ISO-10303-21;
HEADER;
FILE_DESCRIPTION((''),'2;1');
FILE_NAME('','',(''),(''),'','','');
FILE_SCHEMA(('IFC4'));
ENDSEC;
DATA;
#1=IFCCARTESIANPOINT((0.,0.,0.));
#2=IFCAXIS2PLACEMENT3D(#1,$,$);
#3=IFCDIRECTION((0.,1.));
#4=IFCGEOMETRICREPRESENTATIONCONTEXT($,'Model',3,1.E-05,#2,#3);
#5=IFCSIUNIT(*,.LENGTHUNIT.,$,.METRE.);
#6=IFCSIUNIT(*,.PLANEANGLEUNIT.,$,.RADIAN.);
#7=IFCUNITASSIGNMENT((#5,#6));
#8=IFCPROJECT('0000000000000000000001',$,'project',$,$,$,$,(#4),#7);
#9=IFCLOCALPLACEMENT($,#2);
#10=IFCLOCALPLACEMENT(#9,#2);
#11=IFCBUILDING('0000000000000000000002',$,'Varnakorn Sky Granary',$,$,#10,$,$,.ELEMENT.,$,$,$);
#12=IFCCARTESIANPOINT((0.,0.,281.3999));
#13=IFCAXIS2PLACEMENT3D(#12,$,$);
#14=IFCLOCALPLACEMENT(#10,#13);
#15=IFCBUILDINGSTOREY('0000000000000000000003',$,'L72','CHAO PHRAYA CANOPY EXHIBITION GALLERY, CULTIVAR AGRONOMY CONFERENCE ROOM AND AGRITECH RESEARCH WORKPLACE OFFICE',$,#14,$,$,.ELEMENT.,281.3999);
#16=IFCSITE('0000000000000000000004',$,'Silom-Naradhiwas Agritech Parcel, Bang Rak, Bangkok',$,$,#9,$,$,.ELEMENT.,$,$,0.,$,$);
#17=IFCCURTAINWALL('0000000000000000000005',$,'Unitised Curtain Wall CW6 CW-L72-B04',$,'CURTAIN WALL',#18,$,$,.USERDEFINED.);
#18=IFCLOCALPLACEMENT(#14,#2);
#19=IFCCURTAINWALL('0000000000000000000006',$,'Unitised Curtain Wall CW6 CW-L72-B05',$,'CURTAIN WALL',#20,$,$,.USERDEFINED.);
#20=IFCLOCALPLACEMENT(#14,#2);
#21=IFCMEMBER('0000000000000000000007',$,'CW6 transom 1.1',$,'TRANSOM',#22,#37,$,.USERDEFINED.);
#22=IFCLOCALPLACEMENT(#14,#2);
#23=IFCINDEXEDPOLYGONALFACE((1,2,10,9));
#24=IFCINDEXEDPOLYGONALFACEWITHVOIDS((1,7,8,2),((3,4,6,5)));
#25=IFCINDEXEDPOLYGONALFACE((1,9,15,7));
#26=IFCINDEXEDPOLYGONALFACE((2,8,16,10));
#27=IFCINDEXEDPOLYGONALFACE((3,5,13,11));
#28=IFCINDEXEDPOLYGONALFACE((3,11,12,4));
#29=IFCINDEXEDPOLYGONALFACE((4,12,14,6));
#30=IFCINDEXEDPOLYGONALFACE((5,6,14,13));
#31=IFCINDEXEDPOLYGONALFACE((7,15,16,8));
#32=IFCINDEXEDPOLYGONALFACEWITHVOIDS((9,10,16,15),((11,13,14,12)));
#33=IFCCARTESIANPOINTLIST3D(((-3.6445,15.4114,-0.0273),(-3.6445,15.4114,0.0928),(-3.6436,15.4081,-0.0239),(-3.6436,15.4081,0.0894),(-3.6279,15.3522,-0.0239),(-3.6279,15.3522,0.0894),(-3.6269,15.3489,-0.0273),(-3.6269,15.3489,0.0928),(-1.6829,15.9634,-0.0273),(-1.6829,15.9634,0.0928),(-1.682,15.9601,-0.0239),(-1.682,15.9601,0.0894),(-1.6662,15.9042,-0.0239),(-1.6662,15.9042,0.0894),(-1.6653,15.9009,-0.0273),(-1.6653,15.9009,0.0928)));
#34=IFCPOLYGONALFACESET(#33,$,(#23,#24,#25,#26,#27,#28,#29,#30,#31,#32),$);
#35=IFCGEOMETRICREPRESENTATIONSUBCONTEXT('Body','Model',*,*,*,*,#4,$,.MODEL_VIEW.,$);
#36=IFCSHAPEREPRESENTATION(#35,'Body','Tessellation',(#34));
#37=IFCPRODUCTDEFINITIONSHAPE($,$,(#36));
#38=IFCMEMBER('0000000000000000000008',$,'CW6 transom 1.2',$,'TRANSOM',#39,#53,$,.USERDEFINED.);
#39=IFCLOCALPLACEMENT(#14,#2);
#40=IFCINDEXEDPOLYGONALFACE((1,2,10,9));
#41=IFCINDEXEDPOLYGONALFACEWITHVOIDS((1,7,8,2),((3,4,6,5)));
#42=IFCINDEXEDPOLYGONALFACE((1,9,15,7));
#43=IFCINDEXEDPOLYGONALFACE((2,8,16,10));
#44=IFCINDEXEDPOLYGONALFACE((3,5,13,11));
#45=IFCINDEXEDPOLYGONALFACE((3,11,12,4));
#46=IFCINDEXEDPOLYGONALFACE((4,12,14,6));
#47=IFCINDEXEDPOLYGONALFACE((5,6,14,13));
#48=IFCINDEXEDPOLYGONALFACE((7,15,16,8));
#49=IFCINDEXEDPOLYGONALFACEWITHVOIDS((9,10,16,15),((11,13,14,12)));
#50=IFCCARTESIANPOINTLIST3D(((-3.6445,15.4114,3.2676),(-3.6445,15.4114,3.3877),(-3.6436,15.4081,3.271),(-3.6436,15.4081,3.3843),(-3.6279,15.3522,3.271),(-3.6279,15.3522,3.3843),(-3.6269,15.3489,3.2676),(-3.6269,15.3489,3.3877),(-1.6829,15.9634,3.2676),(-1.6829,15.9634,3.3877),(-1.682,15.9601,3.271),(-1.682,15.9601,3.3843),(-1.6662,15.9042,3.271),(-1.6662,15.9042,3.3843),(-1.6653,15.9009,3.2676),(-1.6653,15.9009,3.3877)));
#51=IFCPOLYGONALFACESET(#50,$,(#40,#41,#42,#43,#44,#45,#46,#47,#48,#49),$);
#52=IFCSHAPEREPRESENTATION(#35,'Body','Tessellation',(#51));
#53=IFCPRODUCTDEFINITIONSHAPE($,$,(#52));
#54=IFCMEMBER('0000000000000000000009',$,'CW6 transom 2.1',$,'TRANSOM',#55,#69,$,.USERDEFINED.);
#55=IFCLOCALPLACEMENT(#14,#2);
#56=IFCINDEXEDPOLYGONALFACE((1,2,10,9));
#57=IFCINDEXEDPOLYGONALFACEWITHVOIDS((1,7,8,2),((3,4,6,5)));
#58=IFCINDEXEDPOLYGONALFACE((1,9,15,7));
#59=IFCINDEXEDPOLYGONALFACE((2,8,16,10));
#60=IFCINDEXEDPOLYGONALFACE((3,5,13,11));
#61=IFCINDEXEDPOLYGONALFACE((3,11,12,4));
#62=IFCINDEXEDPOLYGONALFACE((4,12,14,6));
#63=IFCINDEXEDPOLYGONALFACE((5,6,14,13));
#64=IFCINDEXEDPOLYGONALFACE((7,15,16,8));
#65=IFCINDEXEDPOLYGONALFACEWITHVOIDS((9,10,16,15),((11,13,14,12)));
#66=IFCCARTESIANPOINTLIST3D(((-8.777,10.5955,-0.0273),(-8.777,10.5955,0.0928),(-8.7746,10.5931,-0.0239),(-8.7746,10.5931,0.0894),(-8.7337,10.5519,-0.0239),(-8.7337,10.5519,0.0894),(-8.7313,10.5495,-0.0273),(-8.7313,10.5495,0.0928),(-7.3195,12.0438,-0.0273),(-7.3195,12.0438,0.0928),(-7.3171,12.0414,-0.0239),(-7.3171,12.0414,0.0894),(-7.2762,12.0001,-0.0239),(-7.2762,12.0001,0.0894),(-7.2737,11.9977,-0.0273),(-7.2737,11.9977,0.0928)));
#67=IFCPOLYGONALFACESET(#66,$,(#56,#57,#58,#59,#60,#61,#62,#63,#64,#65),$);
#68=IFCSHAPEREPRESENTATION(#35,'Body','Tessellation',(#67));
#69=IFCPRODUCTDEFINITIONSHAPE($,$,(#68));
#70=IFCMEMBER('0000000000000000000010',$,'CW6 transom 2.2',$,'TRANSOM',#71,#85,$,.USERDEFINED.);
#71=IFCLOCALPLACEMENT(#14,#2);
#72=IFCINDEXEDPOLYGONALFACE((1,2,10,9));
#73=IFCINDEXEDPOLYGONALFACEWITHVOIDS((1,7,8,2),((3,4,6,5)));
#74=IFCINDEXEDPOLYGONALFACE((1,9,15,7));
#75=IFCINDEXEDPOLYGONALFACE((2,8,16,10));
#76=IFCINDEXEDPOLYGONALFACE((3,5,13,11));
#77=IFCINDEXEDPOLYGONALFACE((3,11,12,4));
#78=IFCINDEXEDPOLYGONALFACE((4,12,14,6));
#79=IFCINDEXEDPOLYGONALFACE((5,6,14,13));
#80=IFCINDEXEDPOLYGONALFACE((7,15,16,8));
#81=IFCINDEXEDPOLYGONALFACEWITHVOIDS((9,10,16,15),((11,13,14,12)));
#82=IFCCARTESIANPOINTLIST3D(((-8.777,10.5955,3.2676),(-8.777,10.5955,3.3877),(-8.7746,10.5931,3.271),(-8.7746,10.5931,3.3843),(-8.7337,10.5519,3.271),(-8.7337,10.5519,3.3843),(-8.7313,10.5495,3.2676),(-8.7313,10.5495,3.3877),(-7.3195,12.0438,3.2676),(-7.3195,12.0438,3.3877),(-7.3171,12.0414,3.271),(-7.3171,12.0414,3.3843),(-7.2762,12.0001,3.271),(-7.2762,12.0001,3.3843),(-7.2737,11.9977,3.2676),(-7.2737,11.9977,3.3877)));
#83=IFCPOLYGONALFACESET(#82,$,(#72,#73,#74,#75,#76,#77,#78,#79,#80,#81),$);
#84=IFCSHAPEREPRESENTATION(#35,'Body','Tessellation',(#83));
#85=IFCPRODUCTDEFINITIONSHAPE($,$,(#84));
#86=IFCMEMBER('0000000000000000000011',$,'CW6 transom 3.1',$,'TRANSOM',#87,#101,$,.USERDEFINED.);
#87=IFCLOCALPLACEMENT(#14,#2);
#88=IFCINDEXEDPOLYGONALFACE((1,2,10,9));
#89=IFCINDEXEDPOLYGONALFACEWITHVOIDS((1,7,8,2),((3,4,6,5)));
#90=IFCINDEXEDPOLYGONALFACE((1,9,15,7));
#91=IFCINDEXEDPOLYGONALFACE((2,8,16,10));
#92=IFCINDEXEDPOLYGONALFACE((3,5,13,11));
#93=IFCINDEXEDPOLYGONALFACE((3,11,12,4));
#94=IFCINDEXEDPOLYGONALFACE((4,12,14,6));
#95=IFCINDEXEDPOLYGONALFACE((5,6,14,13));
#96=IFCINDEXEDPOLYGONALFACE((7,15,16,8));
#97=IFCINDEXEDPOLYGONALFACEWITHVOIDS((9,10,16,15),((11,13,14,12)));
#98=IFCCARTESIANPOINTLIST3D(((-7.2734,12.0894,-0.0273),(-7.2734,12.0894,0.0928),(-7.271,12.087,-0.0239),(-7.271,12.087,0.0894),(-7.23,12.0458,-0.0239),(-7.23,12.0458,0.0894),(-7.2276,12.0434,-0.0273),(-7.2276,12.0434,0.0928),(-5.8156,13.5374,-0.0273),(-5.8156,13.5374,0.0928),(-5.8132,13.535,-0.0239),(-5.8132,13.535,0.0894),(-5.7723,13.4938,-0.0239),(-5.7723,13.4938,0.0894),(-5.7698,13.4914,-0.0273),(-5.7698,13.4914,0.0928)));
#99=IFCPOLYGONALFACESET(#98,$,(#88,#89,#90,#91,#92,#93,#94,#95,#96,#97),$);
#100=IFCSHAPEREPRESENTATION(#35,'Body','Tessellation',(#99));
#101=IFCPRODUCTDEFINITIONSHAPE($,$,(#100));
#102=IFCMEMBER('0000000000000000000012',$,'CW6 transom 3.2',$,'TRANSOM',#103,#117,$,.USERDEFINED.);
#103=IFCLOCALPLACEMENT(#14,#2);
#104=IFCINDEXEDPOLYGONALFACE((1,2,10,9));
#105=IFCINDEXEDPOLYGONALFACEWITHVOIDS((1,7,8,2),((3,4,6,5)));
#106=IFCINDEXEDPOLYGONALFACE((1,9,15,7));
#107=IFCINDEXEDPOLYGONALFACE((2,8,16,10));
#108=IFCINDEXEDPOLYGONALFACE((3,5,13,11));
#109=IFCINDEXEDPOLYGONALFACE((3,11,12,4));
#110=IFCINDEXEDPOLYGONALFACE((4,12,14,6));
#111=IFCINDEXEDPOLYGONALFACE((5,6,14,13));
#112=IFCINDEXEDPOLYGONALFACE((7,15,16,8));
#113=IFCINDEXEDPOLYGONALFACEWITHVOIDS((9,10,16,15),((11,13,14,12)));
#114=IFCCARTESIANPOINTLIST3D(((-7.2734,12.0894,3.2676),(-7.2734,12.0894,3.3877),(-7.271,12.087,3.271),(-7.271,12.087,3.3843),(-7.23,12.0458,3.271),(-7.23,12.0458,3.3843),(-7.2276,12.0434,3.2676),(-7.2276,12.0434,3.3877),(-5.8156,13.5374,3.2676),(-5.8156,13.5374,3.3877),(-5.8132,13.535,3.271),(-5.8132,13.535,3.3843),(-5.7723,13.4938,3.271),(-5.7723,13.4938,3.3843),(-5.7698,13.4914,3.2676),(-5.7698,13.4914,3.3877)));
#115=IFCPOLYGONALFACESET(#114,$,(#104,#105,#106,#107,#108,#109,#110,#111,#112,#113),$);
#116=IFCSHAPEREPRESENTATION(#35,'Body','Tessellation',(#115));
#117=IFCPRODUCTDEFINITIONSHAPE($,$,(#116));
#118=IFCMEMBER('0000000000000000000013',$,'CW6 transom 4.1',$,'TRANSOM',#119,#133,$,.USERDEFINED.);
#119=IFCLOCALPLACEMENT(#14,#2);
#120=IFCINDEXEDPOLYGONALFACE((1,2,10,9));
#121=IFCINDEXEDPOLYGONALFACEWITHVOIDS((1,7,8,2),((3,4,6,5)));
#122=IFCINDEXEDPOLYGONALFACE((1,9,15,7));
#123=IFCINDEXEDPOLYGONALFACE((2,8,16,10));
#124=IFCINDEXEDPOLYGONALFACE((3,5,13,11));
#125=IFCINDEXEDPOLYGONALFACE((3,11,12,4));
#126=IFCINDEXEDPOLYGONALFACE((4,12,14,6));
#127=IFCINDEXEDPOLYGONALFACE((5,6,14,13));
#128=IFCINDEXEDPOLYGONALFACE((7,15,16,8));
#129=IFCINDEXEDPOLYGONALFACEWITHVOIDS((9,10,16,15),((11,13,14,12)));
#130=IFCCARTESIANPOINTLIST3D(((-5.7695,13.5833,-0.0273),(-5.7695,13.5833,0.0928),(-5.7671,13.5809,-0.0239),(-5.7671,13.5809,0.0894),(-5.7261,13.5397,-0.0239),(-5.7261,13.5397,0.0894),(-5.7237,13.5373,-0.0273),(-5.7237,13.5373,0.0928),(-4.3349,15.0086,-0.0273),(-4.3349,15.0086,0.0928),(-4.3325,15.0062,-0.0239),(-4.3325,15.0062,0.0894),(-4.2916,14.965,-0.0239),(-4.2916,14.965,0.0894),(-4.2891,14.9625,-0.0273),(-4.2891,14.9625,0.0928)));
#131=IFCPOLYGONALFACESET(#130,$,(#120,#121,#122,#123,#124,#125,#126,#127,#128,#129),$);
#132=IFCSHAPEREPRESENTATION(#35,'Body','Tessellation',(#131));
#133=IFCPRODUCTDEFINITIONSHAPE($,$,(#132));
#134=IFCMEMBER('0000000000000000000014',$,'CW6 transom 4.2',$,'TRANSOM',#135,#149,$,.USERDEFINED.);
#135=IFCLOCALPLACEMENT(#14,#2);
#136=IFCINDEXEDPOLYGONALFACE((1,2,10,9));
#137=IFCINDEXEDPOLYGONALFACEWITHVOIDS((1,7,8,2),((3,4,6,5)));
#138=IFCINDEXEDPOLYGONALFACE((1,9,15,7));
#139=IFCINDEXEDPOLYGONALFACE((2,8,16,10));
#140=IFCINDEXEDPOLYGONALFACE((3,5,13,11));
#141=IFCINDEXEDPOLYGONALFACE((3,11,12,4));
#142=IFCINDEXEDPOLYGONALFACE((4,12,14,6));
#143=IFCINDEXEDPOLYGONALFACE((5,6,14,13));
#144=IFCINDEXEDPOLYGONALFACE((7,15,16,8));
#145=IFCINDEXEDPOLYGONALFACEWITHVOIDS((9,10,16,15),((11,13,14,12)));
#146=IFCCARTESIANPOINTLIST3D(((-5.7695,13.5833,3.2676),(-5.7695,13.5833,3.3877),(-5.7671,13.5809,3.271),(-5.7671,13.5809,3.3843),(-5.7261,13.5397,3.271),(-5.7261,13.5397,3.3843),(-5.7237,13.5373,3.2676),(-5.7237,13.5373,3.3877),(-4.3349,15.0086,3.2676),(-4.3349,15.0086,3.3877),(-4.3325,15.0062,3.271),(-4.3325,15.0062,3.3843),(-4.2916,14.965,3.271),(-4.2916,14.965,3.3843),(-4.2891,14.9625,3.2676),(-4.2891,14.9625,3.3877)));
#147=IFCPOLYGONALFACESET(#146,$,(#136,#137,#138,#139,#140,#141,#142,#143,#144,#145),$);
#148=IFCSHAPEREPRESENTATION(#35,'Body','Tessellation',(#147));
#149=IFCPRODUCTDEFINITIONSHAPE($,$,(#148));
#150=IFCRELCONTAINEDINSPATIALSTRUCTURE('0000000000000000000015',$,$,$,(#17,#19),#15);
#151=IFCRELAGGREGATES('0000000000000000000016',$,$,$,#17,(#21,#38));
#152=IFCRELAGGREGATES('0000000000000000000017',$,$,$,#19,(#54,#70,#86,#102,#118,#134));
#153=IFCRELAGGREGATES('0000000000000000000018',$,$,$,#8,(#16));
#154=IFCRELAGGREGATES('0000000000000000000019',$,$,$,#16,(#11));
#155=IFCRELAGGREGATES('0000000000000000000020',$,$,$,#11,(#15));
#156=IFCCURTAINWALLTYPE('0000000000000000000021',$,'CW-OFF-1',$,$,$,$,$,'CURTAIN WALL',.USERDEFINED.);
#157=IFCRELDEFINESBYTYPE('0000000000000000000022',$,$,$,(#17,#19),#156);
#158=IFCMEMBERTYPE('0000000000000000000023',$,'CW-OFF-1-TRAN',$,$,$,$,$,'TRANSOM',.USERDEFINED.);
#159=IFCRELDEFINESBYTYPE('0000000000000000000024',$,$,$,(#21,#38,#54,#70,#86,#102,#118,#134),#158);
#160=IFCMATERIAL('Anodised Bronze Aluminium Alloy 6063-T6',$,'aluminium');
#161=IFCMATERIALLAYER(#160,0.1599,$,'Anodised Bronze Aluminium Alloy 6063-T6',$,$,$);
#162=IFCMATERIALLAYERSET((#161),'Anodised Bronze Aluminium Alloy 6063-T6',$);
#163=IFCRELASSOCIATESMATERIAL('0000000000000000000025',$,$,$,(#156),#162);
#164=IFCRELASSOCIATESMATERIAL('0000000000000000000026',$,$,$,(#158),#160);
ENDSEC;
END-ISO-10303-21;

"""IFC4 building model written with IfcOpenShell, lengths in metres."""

from ifc_helpers import new_model, si_unit, direction, frame, origin, origin_2d, place, context, subcontext, project, spatial, hollow_rectangle, extrude, material, layer, layer_set, material_profile, profile_set, type_object, element, aggregate, save


model = new_model("IFC4")

# Units and contexts
model_context = context("Model", 3, precision=1e-05, world=origin(), true_north=direction((0.0, 1.0)))
body_context = subcontext(model_context, "Body", "Model", "MODEL_VIEW")
ifc_project = project(units=[si_unit("LENGTHUNIT", "METRE"), si_unit("PLANEANGLEUNIT", "RADIAN")], contexts=[model_context])

# Site, building, storey
site_placement = place(None, origin())
site = spatial("IfcSite", under=ifc_project, at=site_placement, Name="Silom-Naradhiwas Agritech Parcel, Bang Rak, Bangkok", CompositionType="ELEMENT", RefElevation=0.0)
building_placement = place(site_placement, origin())
building = spatial("IfcBuilding", under=site, at=building_placement, Name="Varnakorn Sky Granary", CompositionType="ELEMENT")
storey_placement = place(building_placement, frame((0.0, 0.0, 281.3999)))
storey = spatial("IfcBuildingStorey", under=building, at=storey_placement, Name="L72", Description="CHAO PHRAYA CANOPY EXHIBITION GALLERY, CULTIVAR AGRONOMY CONFERENCE ROOM AND AGRITECH RESEARCH WORKPLACE OFFICE", CompositionType="ELEMENT", Elevation=281.3999)

# Curtain wall
ifc_material_1 = material(Name="Anodised Bronze Aluminium Alloy 6063-T6", Category="aluminium")
ifc_layer_1 = layer(ifc_material_1, 0.1599, Name="Anodised Bronze Aluminium Alloy 6063-T6")
ifc_layer_set_1 = layer_set([ifc_layer_1], Name="Anodised Bronze Aluminium Alloy 6063-T6")
curtain_wall_type = type_object("IfcCurtainWallType", Name="CW-OFF-1", ElementType="CURTAIN WALL", PredefinedType="USERDEFINED", material=ifc_layer_set_1)
curtain_wall_1_placement = place(storey_placement, origin())
curtain_wall_1 = element("IfcCurtainWall", 1, at=curtain_wall_1_placement, inside=storey, type_object=curtain_wall_type, Name="Unitised Curtain Wall CW6 CW-L72-B04", ObjectType="CURTAIN WALL", PredefinedType="USERDEFINED")

# Curtain wall
curtain_wall_2_placement = place(storey_placement, origin())
curtain_wall_2 = element("IfcCurtainWall", 2, at=curtain_wall_2_placement, inside=storey, type_object=curtain_wall_type, Name="Unitised Curtain Wall CW6 CW-L72-B05", ObjectType="CURTAIN WALL", PredefinedType="USERDEFINED")

# Members
ifc_material_profile_1 = material_profile(ifc_material_1, hollow_rectangle(XDim=0.0649, YDim=0.1201, WallThickness=0.0034, at=origin_2d()), Name="ALU TRAN 65x120")
ifc_profile_set_1 = profile_set([ifc_material_profile_1], Name="Anodised Bronze Aluminium Alloy 6063-T6")
member_type_1 = type_object("IfcMemberType", Name="CW-OFF-1-TRAN", ElementType="TRANSOM", PredefinedType="USERDEFINED", material=ifc_profile_set_1)
member_1_placement = place(storey_placement, frame((-3.6357, 15.3801, 0.0327), z_axis=(0.962615, 0.270874, 0.0), x_axis=(-0.270874, 0.962615, 0.0)))
member_1 = element("IfcMember", 3, at=member_1_placement, type_object=member_type_1, Name="CW6 transom 1.1", ObjectType="TRANSOM", PredefinedType="USERDEFINED", context=body_context, shape_type="SweptSolid", body=[
    extrude(hollow_rectangle(XDim=0.0649, YDim=0.1201, WallThickness=0.0034, at=origin_2d()), origin(), (0.0, 0.0, 1.0), 2.0378),
])
member_2_placement = place(storey_placement, frame((-3.6357, 15.3801, 3.3276), z_axis=(0.962615, 0.270874, 0.0), x_axis=(-0.270874, 0.962615, 0.0)))
member_2 = element("IfcMember", 4, at=member_2_placement, type_object=member_type_1, Name="CW6 transom 1.2", ObjectType="TRANSOM", PredefinedType="USERDEFINED", context=body_context, shape_type="SweptSolid", body=[
    extrude(hollow_rectangle(XDim=0.0649, YDim=0.1201, WallThickness=0.0034, at=origin_2d()), origin(), (0.0, 0.0, 1.0), 2.0378),
])
aggregate(curtain_wall_1, [member_1, member_2])
member_3_placement = place(storey_placement, frame((-8.7542, 10.5725, 0.0327), z_axis=(0.709361, 0.704846, 0.0), x_axis=(-0.704846, 0.709361, 0.0)))
member_3 = element("IfcMember", 5, at=member_3_placement, type_object=member_type_1, Name="CW6 transom 2.1", ObjectType="TRANSOM", PredefinedType="USERDEFINED", context=body_context, shape_type="SweptSolid", body=[
    extrude(hollow_rectangle(XDim=0.0649, YDim=0.1201, WallThickness=0.0034, at=origin_2d()), origin(), (0.0, 0.0, 1.0), 2.0547),
])
member_4_placement = place(storey_placement, frame((-8.7542, 10.5725, 3.3276), z_axis=(0.709361, 0.704846, 0.0), x_axis=(-0.704846, 0.709361, 0.0)))
member_4 = element("IfcMember", 6, at=member_4_placement, type_object=member_type_1, Name="CW6 transom 2.2", ObjectType="TRANSOM", PredefinedType="USERDEFINED", context=body_context, shape_type="SweptSolid", body=[
    extrude(hollow_rectangle(XDim=0.0649, YDim=0.1201, WallThickness=0.0034, at=origin_2d()), origin(), (0.0, 0.0, 1.0), 2.0547),
])
member_5_placement = place(storey_placement, frame((-7.2505, 12.0664, 0.0327), z_axis=(0.709479, 0.704726, 0.0), x_axis=(-0.704726, 0.709479, 0.0)))
member_5 = element("IfcMember", 7, at=member_5_placement, type_object=member_type_1, Name="CW6 transom 3.1", ObjectType="TRANSOM", PredefinedType="USERDEFINED", context=body_context, shape_type="SweptSolid", body=[
    extrude(hollow_rectangle(XDim=0.0649, YDim=0.1201, WallThickness=0.0034, at=origin_2d()), origin(), (0.0, 0.0, 1.0), 2.0547),
])
member_6_placement = place(storey_placement, frame((-7.2505, 12.0664, 3.3276), z_axis=(0.709479, 0.704726, 0.0), x_axis=(-0.704726, 0.709479, 0.0)))
member_6 = element("IfcMember", 8, at=member_6_placement, type_object=member_type_1, Name="CW6 transom 3.2", ObjectType="TRANSOM", PredefinedType="USERDEFINED", context=body_context, shape_type="SweptSolid", body=[
    extrude(hollow_rectangle(XDim=0.0649, YDim=0.1201, WallThickness=0.0034, at=origin_2d()), origin(), (0.0, 0.0, 1.0), 2.0547),
])
member_7_placement = place(storey_placement, frame((-5.7466, 13.5603, 0.0327), z_axis=(0.709397, 0.704809, 0.0), x_axis=(-0.704809, 0.709397, 0.0)))
member_7 = element("IfcMember", 9, at=member_7_placement, type_object=member_type_1, Name="CW6 transom 4.1", ObjectType="TRANSOM", PredefinedType="USERDEFINED", context=body_context, shape_type="SweptSolid", body=[
    extrude(hollow_rectangle(XDim=0.0649, YDim=0.1201, WallThickness=0.0034, at=origin_2d()), origin(), (0.0, 0.0, 1.0), 2.0222),
])
member_8_placement = place(storey_placement, frame((-5.7466, 13.5603, 3.3276), z_axis=(0.709397, 0.704809, 0.0), x_axis=(-0.704809, 0.709397, 0.0)))
member_8 = element("IfcMember", 10, at=member_8_placement, type_object=member_type_1, Name="CW6 transom 4.2", ObjectType="TRANSOM", PredefinedType="USERDEFINED", context=body_context, shape_type="SweptSolid", body=[
    extrude(hollow_rectangle(XDim=0.0649, YDim=0.1201, WallThickness=0.0034, at=origin_2d()), origin(), (0.0, 0.0, 1.0), 2.0222),
])

aggregate(curtain_wall_2, [member_3, member_4, member_5, member_6, member_7, member_8])

save(model, "model.ifc")
